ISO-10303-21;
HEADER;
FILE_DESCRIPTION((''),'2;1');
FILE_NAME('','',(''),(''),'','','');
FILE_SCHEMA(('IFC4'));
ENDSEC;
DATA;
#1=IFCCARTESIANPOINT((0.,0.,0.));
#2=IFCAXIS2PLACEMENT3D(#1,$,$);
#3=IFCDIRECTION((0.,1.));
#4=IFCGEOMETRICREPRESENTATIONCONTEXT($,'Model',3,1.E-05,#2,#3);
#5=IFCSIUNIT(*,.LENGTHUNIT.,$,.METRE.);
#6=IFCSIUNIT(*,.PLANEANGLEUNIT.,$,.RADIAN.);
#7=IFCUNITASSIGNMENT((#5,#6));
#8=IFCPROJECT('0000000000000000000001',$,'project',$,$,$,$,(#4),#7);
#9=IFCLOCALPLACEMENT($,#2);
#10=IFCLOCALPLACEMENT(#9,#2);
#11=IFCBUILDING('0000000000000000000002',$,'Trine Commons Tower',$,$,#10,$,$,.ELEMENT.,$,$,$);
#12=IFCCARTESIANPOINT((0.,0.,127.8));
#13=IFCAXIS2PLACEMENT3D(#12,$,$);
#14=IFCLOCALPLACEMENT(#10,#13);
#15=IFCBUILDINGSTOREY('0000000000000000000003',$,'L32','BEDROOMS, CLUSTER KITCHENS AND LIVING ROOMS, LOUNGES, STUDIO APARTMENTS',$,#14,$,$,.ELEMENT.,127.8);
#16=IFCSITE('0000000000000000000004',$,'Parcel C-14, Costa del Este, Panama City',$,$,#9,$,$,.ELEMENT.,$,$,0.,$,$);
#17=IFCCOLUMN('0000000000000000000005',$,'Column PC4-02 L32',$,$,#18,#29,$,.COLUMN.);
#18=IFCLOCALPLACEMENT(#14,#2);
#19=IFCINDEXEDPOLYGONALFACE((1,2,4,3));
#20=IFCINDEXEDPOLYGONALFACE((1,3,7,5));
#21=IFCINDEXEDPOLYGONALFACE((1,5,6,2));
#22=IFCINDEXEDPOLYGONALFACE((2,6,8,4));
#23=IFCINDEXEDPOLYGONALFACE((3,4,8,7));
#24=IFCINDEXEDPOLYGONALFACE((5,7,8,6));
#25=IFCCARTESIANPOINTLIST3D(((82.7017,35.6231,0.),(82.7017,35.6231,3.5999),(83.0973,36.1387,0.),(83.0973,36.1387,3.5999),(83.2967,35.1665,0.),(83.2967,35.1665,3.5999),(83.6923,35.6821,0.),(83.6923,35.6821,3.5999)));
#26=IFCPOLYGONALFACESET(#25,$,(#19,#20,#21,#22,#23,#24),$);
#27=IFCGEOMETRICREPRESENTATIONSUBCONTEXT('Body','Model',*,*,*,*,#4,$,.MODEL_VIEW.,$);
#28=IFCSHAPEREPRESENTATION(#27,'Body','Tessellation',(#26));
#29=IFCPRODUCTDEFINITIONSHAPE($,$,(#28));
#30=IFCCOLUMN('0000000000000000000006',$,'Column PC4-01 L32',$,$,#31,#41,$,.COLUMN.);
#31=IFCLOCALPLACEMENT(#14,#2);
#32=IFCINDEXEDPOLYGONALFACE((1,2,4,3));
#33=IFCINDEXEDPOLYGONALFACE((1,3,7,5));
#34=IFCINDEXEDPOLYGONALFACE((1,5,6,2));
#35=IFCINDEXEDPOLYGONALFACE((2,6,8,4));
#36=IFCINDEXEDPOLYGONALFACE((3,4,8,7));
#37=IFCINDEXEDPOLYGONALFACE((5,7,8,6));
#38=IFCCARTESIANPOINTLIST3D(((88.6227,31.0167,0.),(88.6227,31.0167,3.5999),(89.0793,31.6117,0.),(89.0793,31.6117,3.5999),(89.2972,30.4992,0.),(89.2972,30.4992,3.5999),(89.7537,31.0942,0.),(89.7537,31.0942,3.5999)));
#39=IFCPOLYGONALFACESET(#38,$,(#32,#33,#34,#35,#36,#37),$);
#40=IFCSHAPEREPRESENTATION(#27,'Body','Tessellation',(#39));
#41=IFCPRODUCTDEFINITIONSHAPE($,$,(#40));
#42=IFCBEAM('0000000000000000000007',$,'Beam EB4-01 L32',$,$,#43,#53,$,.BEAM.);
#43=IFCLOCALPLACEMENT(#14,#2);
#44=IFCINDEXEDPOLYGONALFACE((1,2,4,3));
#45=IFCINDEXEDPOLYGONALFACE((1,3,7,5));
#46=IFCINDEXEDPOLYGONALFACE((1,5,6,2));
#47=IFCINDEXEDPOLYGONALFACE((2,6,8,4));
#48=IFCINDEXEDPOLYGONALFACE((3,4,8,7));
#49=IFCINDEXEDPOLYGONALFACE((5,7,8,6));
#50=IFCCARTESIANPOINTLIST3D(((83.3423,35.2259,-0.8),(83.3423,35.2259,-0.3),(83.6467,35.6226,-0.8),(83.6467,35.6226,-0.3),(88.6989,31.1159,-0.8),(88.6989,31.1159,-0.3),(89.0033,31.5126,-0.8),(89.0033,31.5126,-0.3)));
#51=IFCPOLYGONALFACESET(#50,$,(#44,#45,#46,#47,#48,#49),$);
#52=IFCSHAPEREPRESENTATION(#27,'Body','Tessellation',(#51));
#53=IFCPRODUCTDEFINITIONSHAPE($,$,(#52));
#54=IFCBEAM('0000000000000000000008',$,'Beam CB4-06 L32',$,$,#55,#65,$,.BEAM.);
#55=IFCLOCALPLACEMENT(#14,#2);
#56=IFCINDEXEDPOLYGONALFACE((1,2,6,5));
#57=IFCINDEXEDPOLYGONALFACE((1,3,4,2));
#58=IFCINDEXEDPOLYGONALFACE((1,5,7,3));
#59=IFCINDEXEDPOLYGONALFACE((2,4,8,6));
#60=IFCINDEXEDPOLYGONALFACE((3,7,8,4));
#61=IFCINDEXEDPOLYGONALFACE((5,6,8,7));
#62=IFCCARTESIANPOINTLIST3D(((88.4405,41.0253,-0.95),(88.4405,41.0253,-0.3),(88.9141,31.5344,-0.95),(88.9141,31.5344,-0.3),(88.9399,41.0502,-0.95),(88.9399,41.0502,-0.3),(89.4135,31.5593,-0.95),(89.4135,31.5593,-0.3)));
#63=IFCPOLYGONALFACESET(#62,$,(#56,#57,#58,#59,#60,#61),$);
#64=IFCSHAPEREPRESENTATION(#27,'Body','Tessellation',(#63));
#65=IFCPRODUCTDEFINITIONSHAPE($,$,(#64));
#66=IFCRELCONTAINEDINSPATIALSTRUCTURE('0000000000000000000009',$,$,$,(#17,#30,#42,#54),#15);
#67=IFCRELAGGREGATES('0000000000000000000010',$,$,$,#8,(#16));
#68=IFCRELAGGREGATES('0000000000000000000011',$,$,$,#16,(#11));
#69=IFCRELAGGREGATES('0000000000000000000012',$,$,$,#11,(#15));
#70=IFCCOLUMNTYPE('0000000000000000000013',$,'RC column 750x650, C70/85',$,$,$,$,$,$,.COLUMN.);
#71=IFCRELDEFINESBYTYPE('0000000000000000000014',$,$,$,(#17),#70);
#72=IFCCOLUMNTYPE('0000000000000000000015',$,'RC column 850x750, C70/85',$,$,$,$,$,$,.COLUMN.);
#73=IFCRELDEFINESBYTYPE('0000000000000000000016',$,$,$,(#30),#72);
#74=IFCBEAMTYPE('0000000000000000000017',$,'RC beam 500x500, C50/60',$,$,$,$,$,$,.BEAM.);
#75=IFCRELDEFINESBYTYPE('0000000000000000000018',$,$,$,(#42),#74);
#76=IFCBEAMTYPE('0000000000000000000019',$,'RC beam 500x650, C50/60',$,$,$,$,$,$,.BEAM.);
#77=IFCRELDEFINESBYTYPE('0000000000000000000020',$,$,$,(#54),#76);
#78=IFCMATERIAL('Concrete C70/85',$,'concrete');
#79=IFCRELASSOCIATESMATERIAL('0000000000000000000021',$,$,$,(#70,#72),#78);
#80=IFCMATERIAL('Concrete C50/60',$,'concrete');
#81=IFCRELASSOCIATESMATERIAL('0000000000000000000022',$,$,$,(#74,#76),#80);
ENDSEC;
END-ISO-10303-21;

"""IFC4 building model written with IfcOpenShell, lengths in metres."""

from ifc_helpers import new_model, si_unit, direction, frame, origin, origin_2d, place, context, subcontext, project, spatial, rectangle, extrude, material, material_profile, profile_set, type_object, element, save


model = new_model("IFC4")

# Units and contexts
model_context = context("Model", 3, precision=1e-05, world=origin(), true_north=direction((0.0, 1.0)))
body_context = subcontext(model_context, "Body", "Model", "MODEL_VIEW")
ifc_project = project(units=[si_unit("LENGTHUNIT", "METRE"), si_unit("PLANEANGLEUNIT", "RADIAN")], contexts=[model_context])

# Site, building, storey
site_placement = place(None, origin())
site = spatial("IfcSite", under=ifc_project, at=site_placement, Name="Parcel C-14, Costa del Este, Panama City", CompositionType="ELEMENT", RefElevation=0.0)
building_placement = place(site_placement, origin())
building = spatial("IfcBuilding", under=site, at=building_placement, Name="Trine Commons Tower", CompositionType="ELEMENT")
storey_placement = place(building_placement, frame((0.0, 0.0, 127.8)))
storey = spatial("IfcBuildingStorey", under=building, at=storey_placement, Name="L32", Description="BEDROOMS, CLUSTER KITCHENS AND LIVING ROOMS, LOUNGES, STUDIO APARTMENTS", CompositionType="ELEMENT", Elevation=127.8)

# Columns
ifc_material_1 = material(Name="Concrete C70/85", Category="concrete")
ifc_material_profile_1 = material_profile(ifc_material_1, rectangle(XDim=0.75, YDim=0.6499, at=origin_2d()), Name="RC 750x650")
ifc_profile_set_1 = profile_set([ifc_material_profile_1], Name="Concrete C70/85")
column_type_1 = type_object("IfcColumnType", Name="RC column 750x650, C70/85", PredefinedType="COLUMN", material=ifc_profile_set_1)
column_1_placement = place(storey_placement, frame((83.197, 35.6526, 0.0), z_axis=(0.0, 0.0, 1.0), x_axis=(-0.793353, 0.608761, 0.0)))
element("IfcColumn", 1, at=column_1_placement, inside=storey, type_object=column_type_1, Name="Column PC4-02 L32", PredefinedType="COLUMN", context=body_context, shape_type="SweptSolid", body=[
    extrude(rectangle(XDim=0.75, YDim=0.6499, at=origin_2d()), origin(), (0.0, 0.0, 1.0), 3.5999),
])
ifc_material_profile_2 = material_profile(ifc_material_1, rectangle(XDim=0.8501, YDim=0.75, at=origin_2d()), Name="RC 850x750")
ifc_profile_set_2 = profile_set([ifc_material_profile_2], Name="Concrete C70/85")
column_type_2 = type_object("IfcColumnType", Name="RC column 850x750, C70/85", PredefinedType="COLUMN", material=ifc_profile_set_2)
column_2_placement = place(storey_placement, frame((89.1882, 31.0554, 0.0), z_axis=(0.0, 0.0, 1.0), x_axis=(-0.793353, 0.608761, 0.0)))
element("IfcColumn", 2, at=column_2_placement, inside=storey, type_object=column_type_2, Name="Column PC4-01 L32", PredefinedType="COLUMN", context=body_context, shape_type="SweptSolid", body=[
    extrude(rectangle(XDim=0.8501, YDim=0.75, at=origin_2d()), origin(), (0.0, 0.0, 1.0), 3.5999),
])

# Beams
ifc_material_2 = material(Name="Concrete C50/60", Category="concrete")
ifc_material_profile_3 = material_profile(ifc_material_2, rectangle(XDim=0.5, YDim=0.5, at=origin_2d()), Name="RC 500x500")
ifc_profile_set_3 = profile_set([ifc_material_profile_3], Name="Concrete C50/60")
beam_type_1 = type_object("IfcBeamType", Name="RC beam 500x500, C50/60", PredefinedType="BEAM", material=ifc_profile_set_3)
beam_1_placement = place(storey_placement, frame((88.8511, 31.3142, -0.55), z_axis=(-0.793369, 0.60874, 0.0), x_axis=(-0.60874, -0.793369, 0.0)))
element("IfcBeam", 3, at=beam_1_placement, inside=storey, type_object=beam_type_1, Name="Beam EB4-01 L32", PredefinedType="BEAM", context=body_context, shape_type="SweptSolid", body=[
    extrude(rectangle(XDim=0.5, YDim=0.5, at=origin_2d()), origin(), (0.0, 0.0, 1.0), 6.7517),
])
ifc_material_profile_4 = material_profile(ifc_material_2, rectangle(XDim=0.5, YDim=0.6499, at=origin_2d()), Name="RC 500x650")
ifc_profile_set_4 = profile_set([ifc_material_profile_4], Name="Concrete C50/60")
beam_type_2 = type_object("IfcBeamType", Name="RC beam 500x650, C50/60", PredefinedType="BEAM", material=ifc_profile_set_4)
beam_2_placement = place(storey_placement, frame((89.1638, 31.5469, -0.625), z_axis=(-0.049842, 0.998757, 0.0), x_axis=(-0.998757, -0.049842, 0.0)))
element("IfcBeam", 4, at=beam_2_placement, inside=storey, type_object=beam_type_2, Name="Beam CB4-06 L32", PredefinedType="BEAM", context=body_context, shape_type="SweptSolid", body=[
    extrude(rectangle(XDim=0.5, YDim=0.6499, at=origin_2d()), origin(), (0.0, 0.0, 1.0), 9.5027),
])

save(model, "model.ifc")
